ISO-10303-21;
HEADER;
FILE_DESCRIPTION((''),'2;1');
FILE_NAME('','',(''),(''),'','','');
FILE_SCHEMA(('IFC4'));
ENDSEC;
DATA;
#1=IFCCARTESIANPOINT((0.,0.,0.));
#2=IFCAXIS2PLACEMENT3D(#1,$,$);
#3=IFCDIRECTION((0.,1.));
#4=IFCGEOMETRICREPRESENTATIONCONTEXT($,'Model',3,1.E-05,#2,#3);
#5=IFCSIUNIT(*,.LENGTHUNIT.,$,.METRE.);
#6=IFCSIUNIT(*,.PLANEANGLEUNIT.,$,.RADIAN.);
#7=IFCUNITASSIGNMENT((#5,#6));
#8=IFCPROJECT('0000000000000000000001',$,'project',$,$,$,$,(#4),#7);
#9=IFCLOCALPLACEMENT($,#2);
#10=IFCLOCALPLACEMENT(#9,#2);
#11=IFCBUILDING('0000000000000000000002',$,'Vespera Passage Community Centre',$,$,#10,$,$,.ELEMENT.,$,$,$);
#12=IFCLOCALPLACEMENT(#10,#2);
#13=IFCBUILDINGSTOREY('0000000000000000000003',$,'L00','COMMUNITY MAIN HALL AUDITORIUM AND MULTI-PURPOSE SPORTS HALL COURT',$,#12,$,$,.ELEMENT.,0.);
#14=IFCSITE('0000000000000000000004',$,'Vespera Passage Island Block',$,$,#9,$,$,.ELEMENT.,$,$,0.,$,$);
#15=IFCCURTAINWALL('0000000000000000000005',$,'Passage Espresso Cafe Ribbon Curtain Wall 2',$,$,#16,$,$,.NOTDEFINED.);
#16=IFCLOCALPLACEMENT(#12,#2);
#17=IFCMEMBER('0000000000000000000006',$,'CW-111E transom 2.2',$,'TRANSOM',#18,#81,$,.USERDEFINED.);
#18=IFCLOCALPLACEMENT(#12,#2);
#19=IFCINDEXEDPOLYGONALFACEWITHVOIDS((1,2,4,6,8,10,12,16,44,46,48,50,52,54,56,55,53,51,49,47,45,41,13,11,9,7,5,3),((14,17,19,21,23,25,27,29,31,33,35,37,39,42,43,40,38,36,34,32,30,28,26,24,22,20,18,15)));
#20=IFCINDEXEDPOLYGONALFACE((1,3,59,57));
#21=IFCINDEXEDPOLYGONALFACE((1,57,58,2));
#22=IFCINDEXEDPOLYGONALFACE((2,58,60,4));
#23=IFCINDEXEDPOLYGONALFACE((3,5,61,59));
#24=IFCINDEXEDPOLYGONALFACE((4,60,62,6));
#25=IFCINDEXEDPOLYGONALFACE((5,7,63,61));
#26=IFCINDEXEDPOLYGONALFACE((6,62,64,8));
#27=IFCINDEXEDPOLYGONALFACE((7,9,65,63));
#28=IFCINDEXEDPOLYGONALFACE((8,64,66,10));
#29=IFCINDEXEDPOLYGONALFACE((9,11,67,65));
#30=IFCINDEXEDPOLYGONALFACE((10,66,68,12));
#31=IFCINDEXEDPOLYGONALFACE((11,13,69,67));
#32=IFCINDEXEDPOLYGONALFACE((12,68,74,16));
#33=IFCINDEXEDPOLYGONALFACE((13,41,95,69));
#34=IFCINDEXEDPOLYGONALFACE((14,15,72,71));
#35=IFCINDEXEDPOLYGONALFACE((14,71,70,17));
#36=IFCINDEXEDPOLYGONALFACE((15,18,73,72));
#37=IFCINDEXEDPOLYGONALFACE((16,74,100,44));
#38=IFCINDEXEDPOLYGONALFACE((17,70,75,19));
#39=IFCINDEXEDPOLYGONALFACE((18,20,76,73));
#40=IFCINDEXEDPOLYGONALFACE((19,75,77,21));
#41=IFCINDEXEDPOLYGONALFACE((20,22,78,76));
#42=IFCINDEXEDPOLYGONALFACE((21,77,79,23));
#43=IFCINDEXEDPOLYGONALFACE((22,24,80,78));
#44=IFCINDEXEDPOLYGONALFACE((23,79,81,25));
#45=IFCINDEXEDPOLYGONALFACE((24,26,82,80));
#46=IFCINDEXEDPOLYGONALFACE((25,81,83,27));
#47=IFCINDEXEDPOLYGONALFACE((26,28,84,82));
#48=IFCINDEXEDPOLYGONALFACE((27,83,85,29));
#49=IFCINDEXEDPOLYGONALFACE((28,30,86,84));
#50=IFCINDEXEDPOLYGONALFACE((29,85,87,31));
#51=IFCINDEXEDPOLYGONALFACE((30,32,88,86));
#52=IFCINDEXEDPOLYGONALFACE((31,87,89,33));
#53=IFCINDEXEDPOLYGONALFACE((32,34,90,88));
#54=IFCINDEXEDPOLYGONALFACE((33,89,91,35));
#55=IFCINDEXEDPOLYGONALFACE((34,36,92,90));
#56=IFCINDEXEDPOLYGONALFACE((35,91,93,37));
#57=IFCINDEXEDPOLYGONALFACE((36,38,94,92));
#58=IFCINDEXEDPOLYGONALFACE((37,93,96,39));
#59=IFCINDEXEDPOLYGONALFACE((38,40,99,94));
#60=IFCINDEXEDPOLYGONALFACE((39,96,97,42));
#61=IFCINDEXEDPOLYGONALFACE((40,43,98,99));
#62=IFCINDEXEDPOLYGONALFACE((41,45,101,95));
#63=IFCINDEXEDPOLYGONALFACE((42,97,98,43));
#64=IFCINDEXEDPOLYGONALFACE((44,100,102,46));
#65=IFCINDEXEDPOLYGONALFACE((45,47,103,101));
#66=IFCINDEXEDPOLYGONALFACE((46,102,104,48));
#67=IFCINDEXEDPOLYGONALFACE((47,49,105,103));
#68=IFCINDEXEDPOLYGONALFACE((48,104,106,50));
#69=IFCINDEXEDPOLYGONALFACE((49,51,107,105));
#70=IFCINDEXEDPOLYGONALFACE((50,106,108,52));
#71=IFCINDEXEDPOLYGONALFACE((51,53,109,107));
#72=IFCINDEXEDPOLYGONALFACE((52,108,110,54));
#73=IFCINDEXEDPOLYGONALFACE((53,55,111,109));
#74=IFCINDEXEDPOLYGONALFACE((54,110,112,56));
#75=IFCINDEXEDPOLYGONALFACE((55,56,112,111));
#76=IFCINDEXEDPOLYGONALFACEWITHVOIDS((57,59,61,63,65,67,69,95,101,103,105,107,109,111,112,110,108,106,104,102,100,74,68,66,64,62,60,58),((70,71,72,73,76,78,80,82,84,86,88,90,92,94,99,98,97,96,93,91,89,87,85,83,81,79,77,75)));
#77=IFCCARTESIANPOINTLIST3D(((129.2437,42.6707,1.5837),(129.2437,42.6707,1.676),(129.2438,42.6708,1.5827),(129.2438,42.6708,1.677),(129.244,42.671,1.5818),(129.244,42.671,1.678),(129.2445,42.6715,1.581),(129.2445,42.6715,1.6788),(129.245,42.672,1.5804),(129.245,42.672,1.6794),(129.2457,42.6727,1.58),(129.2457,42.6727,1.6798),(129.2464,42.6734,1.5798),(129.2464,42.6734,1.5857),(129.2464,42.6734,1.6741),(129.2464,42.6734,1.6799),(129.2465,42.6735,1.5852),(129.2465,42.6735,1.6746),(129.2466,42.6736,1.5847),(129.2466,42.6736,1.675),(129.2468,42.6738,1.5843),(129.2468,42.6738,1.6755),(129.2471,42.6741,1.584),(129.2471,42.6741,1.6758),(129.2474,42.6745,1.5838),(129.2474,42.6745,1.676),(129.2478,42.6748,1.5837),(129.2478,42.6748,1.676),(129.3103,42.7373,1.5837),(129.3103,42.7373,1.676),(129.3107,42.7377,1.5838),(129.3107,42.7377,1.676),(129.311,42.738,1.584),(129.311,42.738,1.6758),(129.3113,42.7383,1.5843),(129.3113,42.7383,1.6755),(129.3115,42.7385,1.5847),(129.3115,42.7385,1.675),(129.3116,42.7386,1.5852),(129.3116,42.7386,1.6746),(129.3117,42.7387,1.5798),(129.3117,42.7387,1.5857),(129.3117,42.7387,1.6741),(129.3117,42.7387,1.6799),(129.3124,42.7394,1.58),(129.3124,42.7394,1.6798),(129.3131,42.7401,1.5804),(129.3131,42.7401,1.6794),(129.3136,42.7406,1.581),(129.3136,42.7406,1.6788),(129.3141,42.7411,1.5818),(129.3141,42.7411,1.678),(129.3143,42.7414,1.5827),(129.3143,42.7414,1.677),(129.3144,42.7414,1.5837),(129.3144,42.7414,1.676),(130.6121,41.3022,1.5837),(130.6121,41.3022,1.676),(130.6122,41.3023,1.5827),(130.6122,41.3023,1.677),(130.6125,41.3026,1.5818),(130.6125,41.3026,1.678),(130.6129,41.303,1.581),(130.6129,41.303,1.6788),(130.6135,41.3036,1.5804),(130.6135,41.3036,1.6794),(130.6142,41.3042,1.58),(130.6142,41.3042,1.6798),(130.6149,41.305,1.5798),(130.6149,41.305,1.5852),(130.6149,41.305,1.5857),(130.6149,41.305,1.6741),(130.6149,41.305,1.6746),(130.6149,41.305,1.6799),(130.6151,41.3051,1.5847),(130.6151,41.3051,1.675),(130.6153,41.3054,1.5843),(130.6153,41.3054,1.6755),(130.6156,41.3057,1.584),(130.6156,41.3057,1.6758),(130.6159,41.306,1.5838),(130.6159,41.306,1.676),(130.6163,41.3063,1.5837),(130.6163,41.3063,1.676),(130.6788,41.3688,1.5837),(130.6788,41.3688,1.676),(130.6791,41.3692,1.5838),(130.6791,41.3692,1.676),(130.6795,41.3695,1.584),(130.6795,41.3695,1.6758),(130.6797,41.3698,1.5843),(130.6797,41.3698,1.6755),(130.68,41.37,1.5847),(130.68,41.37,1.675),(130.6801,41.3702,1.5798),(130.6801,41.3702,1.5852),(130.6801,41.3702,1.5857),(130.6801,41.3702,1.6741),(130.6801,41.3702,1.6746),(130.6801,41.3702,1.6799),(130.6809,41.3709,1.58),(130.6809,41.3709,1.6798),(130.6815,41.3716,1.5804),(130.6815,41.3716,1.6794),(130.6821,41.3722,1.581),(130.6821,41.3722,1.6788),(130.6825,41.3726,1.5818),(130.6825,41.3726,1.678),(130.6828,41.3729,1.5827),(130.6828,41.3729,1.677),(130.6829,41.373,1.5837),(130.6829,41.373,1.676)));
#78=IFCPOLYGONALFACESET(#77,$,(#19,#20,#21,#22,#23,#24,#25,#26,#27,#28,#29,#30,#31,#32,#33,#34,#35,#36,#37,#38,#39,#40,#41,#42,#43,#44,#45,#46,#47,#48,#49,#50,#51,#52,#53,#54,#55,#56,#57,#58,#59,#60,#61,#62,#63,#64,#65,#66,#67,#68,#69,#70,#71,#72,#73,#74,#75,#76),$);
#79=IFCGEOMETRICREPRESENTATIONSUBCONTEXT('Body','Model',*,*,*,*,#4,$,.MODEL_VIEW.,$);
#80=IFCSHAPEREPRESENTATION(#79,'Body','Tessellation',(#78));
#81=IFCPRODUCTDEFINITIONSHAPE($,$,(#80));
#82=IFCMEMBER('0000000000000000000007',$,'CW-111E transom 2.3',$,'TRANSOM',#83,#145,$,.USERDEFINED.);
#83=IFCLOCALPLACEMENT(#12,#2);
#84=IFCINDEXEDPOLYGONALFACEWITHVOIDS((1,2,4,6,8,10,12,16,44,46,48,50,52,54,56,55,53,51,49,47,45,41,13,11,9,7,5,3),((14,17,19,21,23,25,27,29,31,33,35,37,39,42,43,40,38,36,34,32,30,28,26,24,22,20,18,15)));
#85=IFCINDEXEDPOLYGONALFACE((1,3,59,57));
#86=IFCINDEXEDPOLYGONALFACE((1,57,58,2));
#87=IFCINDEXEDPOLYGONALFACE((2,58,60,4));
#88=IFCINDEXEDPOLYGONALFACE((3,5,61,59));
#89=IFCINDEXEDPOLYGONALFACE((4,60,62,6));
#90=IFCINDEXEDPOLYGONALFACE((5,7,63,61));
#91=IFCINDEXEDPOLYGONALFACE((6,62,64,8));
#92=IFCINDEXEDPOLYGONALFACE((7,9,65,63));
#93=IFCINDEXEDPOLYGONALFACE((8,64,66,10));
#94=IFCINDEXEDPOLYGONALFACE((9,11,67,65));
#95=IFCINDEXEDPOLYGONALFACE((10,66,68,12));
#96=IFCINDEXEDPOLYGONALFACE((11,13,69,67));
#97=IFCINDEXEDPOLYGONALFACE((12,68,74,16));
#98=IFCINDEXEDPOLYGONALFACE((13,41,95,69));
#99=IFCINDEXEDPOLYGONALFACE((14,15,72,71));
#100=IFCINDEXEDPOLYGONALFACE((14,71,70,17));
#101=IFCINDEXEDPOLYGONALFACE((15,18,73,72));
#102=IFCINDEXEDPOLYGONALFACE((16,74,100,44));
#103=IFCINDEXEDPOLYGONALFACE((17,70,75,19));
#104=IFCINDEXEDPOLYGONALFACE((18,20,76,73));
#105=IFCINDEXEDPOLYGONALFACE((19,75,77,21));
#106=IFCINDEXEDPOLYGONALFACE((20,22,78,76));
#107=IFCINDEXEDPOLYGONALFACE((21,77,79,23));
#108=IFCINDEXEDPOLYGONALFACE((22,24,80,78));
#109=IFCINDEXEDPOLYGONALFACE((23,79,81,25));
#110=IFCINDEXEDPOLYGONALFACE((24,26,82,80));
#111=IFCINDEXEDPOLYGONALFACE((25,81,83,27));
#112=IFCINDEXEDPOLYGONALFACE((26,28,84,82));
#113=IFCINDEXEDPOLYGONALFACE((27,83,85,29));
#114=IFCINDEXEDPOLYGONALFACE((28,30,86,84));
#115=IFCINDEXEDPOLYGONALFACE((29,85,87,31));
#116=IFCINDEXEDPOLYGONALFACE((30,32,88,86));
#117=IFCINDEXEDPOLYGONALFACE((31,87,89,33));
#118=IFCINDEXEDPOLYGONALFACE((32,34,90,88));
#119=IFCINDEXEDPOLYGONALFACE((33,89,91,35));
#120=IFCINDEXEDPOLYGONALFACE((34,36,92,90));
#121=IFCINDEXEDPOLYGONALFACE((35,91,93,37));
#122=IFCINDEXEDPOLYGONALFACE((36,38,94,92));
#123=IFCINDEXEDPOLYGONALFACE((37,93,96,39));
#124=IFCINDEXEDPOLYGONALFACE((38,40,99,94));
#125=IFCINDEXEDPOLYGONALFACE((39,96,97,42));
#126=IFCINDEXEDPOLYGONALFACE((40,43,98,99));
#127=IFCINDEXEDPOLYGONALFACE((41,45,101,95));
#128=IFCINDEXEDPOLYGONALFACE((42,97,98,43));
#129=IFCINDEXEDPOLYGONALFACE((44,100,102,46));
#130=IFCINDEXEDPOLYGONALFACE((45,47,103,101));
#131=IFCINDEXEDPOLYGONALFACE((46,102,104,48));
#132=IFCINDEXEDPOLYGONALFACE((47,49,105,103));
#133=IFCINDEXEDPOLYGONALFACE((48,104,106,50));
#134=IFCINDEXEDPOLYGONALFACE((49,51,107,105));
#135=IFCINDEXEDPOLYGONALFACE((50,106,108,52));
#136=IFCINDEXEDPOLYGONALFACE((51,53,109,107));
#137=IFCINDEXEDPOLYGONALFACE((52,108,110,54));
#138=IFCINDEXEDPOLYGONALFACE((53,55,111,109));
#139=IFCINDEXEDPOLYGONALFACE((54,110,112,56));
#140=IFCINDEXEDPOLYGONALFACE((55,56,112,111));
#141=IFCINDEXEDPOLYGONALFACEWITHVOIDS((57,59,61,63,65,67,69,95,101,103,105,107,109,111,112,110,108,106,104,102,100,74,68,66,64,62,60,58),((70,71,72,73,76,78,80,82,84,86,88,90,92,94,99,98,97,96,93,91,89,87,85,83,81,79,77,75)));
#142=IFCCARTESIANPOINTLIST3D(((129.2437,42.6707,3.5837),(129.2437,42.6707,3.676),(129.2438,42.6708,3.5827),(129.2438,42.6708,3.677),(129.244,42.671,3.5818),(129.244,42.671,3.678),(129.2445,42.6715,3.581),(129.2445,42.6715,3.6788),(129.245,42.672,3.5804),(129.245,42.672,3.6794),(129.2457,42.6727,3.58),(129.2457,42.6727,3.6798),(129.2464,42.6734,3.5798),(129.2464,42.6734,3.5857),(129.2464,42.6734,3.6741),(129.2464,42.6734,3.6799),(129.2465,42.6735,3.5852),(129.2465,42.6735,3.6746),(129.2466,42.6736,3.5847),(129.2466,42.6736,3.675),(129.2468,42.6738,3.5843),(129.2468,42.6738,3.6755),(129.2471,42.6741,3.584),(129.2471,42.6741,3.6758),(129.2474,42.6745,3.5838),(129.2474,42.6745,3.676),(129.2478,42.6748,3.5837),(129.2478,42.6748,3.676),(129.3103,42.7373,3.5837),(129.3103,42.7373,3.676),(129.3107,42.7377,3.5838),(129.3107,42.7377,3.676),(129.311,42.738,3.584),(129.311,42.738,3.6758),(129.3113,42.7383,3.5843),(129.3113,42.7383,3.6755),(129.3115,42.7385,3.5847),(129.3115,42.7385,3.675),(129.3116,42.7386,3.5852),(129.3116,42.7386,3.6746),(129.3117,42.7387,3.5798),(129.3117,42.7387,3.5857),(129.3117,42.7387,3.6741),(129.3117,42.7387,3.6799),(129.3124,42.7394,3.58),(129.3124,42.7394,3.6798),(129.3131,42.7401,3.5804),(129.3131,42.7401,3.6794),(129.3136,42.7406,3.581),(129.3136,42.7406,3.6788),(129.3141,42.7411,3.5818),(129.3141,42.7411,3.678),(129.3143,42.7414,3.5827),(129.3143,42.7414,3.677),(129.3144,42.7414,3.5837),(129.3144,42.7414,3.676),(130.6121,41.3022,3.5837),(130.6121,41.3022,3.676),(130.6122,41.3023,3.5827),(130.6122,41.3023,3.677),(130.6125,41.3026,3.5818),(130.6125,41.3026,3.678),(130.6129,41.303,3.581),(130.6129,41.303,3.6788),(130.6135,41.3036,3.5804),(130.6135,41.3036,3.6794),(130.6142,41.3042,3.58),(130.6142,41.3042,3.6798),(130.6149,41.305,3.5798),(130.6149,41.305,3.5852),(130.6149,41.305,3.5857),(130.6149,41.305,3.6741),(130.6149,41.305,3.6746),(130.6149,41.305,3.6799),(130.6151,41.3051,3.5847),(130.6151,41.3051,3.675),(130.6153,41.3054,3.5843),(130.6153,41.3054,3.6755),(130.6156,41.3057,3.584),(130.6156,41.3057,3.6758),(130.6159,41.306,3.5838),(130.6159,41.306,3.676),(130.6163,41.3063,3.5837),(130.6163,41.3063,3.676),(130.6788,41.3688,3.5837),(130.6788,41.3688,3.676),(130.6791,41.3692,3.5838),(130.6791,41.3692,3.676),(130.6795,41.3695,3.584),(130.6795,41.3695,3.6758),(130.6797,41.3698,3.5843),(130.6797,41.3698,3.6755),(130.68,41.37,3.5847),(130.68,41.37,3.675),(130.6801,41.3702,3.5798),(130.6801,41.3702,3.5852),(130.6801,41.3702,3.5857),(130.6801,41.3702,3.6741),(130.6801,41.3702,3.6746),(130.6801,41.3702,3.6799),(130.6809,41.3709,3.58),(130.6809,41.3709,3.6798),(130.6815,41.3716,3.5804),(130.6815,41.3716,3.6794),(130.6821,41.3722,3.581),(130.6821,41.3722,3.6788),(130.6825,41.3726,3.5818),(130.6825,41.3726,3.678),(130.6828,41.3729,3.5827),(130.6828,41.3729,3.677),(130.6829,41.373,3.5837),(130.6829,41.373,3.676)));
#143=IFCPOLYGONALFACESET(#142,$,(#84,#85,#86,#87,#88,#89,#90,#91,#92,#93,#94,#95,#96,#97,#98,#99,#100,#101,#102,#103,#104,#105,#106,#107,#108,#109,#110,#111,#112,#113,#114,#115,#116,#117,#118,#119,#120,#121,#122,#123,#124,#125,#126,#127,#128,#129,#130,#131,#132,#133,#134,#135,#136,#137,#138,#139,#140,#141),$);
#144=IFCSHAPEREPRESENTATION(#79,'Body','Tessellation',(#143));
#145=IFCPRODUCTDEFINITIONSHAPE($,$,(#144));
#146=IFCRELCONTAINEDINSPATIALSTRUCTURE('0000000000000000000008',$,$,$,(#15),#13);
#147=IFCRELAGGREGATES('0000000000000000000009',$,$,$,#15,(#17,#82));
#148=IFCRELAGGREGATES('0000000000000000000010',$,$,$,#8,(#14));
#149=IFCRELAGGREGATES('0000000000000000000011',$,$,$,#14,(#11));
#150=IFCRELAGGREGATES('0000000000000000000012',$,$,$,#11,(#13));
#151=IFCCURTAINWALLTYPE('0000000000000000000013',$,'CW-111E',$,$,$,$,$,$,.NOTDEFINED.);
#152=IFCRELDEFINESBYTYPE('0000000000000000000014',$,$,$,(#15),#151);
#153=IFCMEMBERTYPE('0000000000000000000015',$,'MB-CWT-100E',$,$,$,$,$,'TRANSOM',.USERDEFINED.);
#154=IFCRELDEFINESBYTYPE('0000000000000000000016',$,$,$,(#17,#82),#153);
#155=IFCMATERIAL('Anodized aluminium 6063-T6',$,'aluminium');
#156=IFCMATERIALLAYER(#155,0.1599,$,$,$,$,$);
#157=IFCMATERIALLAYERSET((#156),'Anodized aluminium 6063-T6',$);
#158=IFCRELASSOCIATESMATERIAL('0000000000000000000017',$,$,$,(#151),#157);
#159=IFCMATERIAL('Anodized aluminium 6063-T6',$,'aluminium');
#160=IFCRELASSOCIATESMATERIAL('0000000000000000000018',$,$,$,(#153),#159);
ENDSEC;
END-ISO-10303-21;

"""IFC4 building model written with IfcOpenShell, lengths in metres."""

from ifc_helpers import new_model, si_unit, direction, frame, origin, origin_2d, place, context, subcontext, project, spatial, hollow_rectangle, extrude, material, layer, layer_set, material_profile, profile_set, type_object, element, aggregate, save


model = new_model("IFC4")

# Units and contexts
model_context = context("Model", 3, precision=1e-05, world=origin(), true_north=direction((0.0, 1.0)))
body_context = subcontext(model_context, "Body", "Model", "MODEL_VIEW")
ifc_project = project(units=[si_unit("LENGTHUNIT", "METRE"), si_unit("PLANEANGLEUNIT", "RADIAN")], contexts=[model_context])

# Site, building, storey
site_placement = place(None, origin())
site = spatial("IfcSite", under=ifc_project, at=site_placement, Name="Vespera Passage Island Block", CompositionType="ELEMENT", RefElevation=0.0)
building_placement = place(site_placement, origin())
building = spatial("IfcBuilding", under=site, at=building_placement, Name="Vespera Passage Community Centre", CompositionType="ELEMENT")
storey_placement = place(building_placement, origin())
storey = spatial("IfcBuildingStorey", under=building, at=storey_placement, Name="L00", Description="COMMUNITY MAIN HALL AUDITORIUM AND MULTI-PURPOSE SPORTS HALL COURT", CompositionType="ELEMENT", Elevation=0.0)

# Curtain wall, members
ifc_material_1 = material(Name="Anodized aluminium 6063-T6", Category="aluminium")
ifc_layer_1 = layer(ifc_material_1, 0.1599)
ifc_layer_set_1 = layer_set([ifc_layer_1], Name="Anodized aluminium 6063-T6")
curtain_wall_type_1 = type_object("IfcCurtainWallType", Name="CW-111E", PredefinedType="NOTDEFINED", material=ifc_layer_set_1)
curtain_wall_1_placement = place(storey_placement, origin())
curtain_wall_1 = element("IfcCurtainWall", 1, at=curtain_wall_1_placement, inside=storey, type_object=curtain_wall_type_1, Name="Passage Espresso Cafe Ribbon Curtain Wall 2", PredefinedType="NOTDEFINED")
ifc_material_2 = material(Name="Anodized aluminium 6063-T6", Category="aluminium")
ifc_material_profile_1 = material_profile(ifc_material_2, hollow_rectangle(XDim=0.1001, YDim=0.1001, WallThickness=0.0039, InnerFilletRadius=0.002, OuterFilletRadius=0.0039, at=origin_2d()), Name="ALU100X100X4")
ifc_profile_set_1 = profile_set([ifc_material_profile_1], Name="Anodized aluminium 6063-T6")
member_type_1 = type_object("IfcMemberType", Name="MB-CWT-100E", ElementType="TRANSOM", PredefinedType="USERDEFINED", material=ifc_profile_set_1)
member_1_placement = place(storey_placement, frame((129.2791, 42.7061, 1.6299), z_axis=(0.707107, -0.707107, 0.0), x_axis=(0.707107, 0.707107, 0.0)))
member_1 = element("IfcMember", 2, at=member_1_placement, type_object=member_type_1, Name="CW-111E transom 2.2", ObjectType="TRANSOM", PredefinedType="USERDEFINED", context=body_context, shape_type="SweptSolid", body=[
    extrude(hollow_rectangle(XDim=0.1001, YDim=0.1001, WallThickness=0.0039, InnerFilletRadius=0.002, OuterFilletRadius=0.0039, at=origin_2d()), origin(), (0.0, 0.0, 1.0), 1.9353),
])
member_2_placement = place(storey_placement, frame((129.2791, 42.7061, 3.6299), z_axis=(0.707107, -0.707107, 0.0), x_axis=(0.707107, 0.707107, 0.0)))
member_2 = element("IfcMember", 3, at=member_2_placement, type_object=member_type_1, Name="CW-111E transom 2.3", ObjectType="TRANSOM", PredefinedType="USERDEFINED", context=body_context, shape_type="SweptSolid", body=[
    extrude(hollow_rectangle(XDim=0.1001, YDim=0.1001, WallThickness=0.0039, InnerFilletRadius=0.002, OuterFilletRadius=0.0039, at=origin_2d()), origin(), (0.0, 0.0, 1.0), 1.9353),
])

aggregate(curtain_wall_1, [member_1, member_2])

save(model, "model.ifc")
